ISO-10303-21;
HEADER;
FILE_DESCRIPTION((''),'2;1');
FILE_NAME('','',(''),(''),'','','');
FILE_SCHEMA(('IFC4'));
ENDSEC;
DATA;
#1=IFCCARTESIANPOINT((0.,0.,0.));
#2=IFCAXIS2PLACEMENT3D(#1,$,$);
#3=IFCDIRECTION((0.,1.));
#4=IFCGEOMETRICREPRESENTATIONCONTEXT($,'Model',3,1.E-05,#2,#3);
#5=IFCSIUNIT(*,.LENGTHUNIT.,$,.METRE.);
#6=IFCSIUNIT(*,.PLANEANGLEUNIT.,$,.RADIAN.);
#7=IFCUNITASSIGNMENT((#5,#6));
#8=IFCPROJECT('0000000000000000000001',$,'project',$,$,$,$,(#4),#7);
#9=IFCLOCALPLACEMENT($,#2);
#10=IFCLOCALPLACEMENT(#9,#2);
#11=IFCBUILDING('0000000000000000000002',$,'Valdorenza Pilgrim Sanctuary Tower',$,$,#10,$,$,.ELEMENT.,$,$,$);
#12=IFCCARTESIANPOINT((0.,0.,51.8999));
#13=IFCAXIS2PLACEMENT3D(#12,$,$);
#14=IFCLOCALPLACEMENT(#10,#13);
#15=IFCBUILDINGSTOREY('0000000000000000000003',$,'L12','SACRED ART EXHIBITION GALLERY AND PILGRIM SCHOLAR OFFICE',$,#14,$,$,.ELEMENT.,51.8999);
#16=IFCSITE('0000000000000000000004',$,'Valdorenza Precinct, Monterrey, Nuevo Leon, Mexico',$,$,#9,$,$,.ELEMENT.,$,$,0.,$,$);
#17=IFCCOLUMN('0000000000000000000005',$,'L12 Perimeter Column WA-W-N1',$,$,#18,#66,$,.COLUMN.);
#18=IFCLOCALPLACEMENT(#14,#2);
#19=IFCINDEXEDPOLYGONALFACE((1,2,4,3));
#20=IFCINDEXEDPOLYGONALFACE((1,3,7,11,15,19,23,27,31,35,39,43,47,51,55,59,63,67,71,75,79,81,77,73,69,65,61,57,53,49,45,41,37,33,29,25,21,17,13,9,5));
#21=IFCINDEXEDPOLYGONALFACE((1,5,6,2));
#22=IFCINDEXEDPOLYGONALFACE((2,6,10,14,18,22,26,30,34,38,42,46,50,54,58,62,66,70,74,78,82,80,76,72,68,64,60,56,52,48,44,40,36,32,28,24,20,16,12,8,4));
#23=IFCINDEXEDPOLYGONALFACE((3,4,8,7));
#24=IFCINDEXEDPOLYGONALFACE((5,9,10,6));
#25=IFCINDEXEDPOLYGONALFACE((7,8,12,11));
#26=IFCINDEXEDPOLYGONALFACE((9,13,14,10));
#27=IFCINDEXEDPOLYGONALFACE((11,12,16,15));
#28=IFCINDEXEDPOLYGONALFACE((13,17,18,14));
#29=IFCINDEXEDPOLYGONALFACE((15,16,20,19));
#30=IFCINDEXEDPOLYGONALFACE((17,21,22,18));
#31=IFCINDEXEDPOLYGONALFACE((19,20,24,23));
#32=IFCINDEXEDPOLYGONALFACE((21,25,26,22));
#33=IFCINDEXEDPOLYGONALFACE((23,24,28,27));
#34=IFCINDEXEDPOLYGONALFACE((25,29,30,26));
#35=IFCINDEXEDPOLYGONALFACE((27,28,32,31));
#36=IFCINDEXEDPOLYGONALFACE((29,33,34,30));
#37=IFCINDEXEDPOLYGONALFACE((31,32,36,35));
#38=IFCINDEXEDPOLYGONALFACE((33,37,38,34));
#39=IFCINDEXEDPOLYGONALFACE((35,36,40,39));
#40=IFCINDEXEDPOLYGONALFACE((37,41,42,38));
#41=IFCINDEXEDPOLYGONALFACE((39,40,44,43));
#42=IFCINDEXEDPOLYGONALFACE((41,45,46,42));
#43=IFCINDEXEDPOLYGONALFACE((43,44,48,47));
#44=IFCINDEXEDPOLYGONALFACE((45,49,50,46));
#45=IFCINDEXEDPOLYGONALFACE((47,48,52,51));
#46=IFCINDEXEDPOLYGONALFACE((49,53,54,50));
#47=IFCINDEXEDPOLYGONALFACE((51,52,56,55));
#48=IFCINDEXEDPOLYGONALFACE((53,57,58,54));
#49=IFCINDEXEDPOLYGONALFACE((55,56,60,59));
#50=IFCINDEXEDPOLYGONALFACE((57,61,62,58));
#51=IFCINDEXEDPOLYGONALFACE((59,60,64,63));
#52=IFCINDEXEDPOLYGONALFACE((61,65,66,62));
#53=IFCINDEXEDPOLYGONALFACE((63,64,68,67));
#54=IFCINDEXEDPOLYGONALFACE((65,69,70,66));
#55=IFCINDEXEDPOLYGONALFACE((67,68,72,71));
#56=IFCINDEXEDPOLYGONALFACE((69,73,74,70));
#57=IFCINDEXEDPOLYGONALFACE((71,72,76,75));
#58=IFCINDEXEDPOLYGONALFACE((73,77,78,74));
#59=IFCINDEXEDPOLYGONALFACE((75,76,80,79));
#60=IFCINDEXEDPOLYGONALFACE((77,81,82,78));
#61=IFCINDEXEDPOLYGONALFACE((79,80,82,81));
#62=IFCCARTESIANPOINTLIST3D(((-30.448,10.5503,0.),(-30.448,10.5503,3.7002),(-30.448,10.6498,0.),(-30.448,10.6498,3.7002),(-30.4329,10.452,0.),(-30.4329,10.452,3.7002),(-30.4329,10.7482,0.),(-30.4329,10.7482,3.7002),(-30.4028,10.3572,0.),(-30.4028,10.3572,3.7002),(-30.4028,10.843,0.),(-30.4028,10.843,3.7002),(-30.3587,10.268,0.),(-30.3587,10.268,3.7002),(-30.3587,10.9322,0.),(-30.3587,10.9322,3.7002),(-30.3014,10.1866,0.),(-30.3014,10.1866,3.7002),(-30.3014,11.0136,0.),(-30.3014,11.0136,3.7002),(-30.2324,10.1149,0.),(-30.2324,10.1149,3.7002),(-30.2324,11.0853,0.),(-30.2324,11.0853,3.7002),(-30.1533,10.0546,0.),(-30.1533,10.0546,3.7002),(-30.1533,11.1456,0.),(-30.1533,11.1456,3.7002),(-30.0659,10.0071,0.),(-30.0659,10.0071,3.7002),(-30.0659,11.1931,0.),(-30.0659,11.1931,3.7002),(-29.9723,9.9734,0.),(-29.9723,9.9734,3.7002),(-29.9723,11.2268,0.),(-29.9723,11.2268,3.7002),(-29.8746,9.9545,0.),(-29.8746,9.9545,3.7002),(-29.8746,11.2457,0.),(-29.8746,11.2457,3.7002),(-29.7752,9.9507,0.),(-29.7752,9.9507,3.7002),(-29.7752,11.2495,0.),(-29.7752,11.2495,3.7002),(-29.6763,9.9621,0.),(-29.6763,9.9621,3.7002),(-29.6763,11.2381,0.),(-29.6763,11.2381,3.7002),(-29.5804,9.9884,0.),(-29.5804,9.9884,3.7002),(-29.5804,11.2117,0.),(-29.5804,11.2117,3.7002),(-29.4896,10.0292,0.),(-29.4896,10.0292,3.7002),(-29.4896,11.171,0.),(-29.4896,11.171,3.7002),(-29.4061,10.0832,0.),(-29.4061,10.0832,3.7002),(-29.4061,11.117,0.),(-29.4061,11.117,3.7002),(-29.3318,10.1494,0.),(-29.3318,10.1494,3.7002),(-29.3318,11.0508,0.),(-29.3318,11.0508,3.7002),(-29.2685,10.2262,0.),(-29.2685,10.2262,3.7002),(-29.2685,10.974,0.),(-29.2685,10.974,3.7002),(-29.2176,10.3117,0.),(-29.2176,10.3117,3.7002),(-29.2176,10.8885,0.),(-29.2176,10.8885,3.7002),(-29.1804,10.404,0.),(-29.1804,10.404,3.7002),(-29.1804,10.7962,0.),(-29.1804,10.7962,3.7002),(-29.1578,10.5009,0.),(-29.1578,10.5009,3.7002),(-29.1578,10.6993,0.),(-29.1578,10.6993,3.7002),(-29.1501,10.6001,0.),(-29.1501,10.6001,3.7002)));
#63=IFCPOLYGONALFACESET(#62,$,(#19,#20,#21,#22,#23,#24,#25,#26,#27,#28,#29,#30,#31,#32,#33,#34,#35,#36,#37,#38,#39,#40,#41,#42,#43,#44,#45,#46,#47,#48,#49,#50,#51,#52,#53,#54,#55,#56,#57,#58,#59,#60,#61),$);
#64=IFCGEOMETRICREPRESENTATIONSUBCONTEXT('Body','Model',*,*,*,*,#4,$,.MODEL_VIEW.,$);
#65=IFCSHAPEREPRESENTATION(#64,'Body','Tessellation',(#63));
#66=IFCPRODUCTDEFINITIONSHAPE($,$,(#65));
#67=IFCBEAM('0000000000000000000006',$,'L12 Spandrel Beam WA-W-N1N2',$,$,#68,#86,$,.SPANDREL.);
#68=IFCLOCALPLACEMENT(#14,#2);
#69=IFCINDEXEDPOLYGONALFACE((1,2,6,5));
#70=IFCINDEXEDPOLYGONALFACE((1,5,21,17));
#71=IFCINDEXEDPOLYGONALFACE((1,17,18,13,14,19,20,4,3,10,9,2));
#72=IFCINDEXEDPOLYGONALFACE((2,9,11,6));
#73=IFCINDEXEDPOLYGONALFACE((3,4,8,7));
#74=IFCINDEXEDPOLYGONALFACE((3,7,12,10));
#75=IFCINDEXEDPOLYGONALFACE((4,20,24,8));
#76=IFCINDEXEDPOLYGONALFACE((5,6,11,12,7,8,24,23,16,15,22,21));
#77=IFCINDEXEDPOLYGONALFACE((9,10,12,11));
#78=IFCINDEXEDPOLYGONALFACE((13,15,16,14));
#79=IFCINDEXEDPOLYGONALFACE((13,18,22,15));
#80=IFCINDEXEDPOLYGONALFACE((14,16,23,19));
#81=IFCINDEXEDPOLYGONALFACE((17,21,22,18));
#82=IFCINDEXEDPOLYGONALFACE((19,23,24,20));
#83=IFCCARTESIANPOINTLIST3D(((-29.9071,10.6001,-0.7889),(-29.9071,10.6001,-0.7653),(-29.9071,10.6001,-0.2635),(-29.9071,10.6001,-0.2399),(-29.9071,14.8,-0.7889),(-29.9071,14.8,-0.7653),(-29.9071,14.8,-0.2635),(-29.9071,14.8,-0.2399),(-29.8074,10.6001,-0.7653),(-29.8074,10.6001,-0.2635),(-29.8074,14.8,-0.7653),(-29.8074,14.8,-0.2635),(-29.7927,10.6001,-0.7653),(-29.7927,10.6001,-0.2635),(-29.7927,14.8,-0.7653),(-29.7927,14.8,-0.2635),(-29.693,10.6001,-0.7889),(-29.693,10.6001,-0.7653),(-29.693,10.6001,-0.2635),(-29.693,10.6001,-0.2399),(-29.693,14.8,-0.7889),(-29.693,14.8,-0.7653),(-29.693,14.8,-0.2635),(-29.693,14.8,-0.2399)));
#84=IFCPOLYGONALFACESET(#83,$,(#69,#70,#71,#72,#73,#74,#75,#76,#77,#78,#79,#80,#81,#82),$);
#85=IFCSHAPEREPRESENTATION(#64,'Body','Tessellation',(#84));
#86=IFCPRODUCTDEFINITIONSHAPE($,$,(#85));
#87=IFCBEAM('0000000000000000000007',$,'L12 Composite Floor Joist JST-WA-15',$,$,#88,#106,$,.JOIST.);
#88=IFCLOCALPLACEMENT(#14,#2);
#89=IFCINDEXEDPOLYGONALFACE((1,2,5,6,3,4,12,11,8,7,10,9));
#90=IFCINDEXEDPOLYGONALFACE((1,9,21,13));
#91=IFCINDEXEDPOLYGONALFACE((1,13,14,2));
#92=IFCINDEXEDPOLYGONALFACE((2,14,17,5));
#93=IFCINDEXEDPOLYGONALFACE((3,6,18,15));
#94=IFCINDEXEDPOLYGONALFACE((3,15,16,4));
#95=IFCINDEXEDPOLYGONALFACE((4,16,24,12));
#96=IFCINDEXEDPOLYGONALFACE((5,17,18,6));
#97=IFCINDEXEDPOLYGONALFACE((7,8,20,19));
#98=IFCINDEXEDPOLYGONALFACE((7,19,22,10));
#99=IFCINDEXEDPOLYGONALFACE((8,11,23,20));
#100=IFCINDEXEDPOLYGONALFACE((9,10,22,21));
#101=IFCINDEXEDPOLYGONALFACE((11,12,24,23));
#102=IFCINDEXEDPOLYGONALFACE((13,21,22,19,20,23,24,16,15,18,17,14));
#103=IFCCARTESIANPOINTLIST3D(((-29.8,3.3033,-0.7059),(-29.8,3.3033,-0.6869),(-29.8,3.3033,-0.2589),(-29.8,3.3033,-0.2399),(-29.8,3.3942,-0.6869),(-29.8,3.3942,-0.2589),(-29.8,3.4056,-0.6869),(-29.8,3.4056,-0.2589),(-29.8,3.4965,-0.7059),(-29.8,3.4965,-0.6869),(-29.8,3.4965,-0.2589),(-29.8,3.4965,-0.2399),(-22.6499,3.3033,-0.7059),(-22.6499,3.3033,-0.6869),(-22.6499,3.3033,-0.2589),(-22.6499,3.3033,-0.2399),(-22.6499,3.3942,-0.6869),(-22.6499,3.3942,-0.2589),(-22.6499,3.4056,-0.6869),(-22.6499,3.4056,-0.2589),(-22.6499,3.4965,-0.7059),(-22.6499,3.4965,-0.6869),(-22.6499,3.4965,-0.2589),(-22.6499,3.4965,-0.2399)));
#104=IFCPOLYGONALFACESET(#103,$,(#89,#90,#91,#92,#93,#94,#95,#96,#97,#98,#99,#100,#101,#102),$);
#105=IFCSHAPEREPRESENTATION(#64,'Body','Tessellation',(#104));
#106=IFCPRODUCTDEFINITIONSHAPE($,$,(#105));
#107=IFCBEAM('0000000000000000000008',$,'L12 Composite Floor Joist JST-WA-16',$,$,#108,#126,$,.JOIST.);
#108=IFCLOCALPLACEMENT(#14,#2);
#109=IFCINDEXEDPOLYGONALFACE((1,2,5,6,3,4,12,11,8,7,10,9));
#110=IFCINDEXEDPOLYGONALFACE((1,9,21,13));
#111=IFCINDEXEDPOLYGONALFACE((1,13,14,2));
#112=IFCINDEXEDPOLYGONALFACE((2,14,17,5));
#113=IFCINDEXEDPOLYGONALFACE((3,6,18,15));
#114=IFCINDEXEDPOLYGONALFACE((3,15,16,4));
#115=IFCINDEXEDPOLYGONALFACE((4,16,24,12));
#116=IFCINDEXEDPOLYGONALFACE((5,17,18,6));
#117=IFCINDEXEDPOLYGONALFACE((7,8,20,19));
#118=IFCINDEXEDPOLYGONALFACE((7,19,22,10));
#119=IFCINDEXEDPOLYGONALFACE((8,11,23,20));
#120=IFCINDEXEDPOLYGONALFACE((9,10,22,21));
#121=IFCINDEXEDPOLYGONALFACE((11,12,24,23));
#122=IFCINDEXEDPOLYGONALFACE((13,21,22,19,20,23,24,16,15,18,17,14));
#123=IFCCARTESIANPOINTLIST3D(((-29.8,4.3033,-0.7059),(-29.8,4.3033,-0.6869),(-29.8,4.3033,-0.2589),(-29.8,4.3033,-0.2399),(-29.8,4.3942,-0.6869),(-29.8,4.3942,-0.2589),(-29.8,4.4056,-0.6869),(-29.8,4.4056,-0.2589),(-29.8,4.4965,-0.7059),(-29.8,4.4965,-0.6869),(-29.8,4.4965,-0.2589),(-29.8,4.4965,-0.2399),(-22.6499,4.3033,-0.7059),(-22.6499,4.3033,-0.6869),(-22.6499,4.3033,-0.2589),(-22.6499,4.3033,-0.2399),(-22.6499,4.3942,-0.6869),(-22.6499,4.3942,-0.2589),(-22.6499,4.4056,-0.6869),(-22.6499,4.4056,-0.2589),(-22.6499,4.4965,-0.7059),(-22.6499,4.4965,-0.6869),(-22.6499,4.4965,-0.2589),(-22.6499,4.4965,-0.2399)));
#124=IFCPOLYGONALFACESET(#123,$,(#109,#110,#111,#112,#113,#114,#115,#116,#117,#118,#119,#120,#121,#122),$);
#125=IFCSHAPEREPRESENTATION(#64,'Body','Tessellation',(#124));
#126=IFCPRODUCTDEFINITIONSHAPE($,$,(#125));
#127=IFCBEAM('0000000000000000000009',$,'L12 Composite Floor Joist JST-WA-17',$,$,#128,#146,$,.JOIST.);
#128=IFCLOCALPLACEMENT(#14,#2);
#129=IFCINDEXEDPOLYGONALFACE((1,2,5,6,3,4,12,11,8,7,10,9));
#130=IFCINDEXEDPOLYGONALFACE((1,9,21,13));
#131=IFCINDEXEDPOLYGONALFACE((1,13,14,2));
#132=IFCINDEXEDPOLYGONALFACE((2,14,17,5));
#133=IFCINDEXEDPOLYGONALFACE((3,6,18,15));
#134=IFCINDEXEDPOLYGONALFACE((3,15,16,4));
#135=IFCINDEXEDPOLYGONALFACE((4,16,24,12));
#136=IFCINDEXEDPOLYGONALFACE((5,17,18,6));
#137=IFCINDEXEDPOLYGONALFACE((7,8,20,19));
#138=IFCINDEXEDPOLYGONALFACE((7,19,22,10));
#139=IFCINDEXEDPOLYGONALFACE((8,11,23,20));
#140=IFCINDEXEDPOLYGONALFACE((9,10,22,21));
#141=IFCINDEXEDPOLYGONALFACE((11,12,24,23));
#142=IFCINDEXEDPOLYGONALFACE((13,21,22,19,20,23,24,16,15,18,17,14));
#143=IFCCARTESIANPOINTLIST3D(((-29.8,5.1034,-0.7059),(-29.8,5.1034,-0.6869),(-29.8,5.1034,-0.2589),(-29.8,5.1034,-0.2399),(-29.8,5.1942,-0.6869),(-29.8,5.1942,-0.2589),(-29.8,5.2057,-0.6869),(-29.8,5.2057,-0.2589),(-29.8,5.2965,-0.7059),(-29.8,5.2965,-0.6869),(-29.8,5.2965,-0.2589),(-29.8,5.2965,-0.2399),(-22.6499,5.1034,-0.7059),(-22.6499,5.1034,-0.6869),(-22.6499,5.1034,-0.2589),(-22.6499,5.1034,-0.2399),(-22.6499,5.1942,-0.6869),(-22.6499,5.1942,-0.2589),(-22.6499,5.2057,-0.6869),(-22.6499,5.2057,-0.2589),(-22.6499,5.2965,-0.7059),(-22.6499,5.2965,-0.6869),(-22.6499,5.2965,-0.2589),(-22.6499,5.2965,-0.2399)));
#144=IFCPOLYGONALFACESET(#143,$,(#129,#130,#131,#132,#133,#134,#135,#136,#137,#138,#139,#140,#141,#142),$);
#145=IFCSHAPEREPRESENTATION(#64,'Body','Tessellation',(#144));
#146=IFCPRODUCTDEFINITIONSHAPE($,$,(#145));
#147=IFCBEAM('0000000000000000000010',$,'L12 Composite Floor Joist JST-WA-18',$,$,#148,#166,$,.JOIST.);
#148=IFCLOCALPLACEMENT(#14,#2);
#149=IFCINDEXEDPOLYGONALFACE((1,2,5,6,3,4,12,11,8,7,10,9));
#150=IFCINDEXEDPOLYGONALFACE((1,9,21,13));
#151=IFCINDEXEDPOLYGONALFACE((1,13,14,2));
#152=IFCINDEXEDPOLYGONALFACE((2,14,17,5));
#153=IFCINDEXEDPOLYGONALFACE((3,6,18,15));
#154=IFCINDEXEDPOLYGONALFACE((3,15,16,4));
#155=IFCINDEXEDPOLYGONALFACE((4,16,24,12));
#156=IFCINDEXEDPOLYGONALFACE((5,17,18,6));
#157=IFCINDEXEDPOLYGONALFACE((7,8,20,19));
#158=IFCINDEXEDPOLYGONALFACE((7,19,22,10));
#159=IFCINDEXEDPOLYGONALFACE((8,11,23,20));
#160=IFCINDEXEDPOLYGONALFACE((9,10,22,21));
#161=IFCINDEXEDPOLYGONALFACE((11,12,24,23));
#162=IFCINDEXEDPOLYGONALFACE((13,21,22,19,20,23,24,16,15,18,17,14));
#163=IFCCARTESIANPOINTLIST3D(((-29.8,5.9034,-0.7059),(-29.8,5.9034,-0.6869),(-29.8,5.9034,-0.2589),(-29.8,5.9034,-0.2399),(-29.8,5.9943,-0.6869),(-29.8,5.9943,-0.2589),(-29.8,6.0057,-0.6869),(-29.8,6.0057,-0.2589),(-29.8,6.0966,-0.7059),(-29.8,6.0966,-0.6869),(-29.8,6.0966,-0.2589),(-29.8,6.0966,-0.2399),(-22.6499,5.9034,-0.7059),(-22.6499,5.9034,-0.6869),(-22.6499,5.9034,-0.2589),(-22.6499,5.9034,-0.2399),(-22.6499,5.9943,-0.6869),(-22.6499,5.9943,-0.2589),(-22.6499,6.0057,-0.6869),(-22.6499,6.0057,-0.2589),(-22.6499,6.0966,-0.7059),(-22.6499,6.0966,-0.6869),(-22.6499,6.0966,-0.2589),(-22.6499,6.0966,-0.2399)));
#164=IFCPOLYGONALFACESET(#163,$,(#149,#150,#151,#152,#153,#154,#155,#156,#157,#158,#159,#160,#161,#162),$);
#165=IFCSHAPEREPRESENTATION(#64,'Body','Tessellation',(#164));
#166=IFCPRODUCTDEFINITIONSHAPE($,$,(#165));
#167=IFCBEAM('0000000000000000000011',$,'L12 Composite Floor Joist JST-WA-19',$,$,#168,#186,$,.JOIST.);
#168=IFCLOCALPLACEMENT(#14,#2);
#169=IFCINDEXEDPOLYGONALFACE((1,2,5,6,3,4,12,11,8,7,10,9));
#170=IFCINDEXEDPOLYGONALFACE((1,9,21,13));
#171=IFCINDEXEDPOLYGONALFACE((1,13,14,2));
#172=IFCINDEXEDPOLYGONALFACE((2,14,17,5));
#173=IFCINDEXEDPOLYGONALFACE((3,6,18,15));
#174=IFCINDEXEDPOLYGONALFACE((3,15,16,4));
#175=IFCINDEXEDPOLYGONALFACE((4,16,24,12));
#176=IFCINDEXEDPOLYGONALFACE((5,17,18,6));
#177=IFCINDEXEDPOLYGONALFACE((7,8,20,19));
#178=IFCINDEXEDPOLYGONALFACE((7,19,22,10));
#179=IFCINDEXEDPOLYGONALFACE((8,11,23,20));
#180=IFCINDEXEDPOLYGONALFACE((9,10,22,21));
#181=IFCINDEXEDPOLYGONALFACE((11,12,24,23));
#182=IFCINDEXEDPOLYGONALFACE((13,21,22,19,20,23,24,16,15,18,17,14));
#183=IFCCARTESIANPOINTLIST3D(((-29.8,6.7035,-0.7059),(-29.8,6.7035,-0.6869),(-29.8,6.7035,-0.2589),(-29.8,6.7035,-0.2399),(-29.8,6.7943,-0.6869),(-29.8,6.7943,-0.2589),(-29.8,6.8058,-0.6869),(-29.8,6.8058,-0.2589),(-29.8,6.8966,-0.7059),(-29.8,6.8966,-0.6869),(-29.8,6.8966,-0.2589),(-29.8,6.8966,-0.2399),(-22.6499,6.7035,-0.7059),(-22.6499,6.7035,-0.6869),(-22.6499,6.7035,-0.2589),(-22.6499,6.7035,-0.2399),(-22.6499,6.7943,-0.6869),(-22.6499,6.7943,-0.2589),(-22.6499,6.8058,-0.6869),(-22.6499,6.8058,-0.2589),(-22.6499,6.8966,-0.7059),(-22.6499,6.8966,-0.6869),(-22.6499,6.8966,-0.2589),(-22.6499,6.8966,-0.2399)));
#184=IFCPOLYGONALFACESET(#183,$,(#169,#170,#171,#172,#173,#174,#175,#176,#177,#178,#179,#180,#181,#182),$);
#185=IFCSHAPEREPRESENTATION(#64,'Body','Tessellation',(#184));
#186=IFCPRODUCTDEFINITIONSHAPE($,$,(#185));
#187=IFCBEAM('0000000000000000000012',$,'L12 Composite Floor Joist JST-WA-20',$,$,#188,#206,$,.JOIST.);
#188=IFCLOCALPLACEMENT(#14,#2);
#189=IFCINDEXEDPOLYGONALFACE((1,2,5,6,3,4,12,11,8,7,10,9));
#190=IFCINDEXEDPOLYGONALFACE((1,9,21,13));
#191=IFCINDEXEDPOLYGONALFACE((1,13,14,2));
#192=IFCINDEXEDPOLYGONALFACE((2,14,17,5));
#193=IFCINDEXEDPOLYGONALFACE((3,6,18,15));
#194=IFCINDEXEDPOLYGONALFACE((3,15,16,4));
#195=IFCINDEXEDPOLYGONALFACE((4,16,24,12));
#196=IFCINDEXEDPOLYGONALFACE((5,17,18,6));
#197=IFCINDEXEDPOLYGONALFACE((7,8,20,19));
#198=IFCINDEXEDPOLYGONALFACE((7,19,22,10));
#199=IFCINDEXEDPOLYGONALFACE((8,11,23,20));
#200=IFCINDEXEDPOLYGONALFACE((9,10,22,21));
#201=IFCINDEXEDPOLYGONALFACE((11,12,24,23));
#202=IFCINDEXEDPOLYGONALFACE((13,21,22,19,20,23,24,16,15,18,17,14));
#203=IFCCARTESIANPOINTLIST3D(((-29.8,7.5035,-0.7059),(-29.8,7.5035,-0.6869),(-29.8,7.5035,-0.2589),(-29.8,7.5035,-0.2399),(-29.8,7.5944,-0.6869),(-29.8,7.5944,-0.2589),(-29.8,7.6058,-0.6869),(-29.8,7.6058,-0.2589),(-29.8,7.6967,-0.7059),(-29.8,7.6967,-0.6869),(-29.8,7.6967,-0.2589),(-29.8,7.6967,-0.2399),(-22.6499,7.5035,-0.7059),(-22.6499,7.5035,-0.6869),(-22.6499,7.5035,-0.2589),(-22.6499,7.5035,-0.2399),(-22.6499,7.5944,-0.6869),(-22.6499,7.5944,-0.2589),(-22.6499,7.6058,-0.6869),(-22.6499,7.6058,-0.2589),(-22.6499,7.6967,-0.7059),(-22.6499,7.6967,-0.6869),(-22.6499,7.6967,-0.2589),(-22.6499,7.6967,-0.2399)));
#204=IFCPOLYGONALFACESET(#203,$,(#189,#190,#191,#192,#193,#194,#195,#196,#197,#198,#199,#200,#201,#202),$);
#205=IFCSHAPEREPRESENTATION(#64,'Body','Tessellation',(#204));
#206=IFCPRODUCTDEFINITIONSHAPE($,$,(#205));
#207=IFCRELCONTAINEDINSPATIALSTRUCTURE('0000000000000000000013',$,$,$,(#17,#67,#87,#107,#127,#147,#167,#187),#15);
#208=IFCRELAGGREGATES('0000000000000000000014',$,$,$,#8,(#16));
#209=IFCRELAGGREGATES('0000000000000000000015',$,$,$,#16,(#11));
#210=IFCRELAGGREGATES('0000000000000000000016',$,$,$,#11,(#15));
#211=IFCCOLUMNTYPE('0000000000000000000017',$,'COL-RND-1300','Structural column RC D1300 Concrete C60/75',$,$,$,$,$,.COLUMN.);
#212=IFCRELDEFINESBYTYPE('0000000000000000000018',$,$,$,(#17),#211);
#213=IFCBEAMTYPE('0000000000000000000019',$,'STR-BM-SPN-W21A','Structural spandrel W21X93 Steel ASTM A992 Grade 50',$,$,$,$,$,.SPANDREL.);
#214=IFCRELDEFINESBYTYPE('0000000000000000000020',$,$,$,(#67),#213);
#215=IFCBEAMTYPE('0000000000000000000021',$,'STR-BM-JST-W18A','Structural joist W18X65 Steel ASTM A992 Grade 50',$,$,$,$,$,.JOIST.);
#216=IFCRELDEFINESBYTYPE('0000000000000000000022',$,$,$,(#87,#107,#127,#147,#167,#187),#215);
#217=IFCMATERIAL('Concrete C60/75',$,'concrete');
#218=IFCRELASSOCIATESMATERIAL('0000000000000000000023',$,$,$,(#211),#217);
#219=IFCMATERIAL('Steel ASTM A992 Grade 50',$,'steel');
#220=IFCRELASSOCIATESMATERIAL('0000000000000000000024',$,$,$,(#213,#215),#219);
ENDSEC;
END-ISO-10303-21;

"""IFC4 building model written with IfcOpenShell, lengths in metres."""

from ifc_helpers import new_model, si_unit, direction, frame, origin, origin_2d, place, context, subcontext, project, spatial, circle, i_section, extrude, source, transform, mapped, material, material_profile, profile_set, type_object, element, save


model = new_model("IFC4")

# Units and contexts
model_context = context("Model", 3, precision=1e-05, world=origin(), true_north=direction((0.0, 1.0)))
body_context = subcontext(model_context, "Body", "Model", "MODEL_VIEW")
ifc_project = project(units=[si_unit("LENGTHUNIT", "METRE"), si_unit("PLANEANGLEUNIT", "RADIAN")], contexts=[model_context])

# Site, building, storey
site_placement = place(None, origin())
site = spatial("IfcSite", under=ifc_project, at=site_placement, Name="Valdorenza Precinct, Monterrey, Nuevo Leon, Mexico", CompositionType="ELEMENT", RefElevation=0.0)
building_placement = place(site_placement, origin())
building = spatial("IfcBuilding", under=site, at=building_placement, Name="Valdorenza Pilgrim Sanctuary Tower", CompositionType="ELEMENT")
storey_placement = place(building_placement, frame((0.0, 0.0, 51.8999)))
storey = spatial("IfcBuildingStorey", under=building, at=storey_placement, Name="L12", Description="SACRED ART EXHIBITION GALLERY AND PILGRIM SCHOLAR OFFICE", CompositionType="ELEMENT", Elevation=51.8999)

# Column
ifc_material_1 = material(Name="Concrete C60/75", Category="concrete")
ifc_material_profile_1 = material_profile(ifc_material_1, circle(Radius=0.6499, at=origin_2d()), Name="RC D1300")
ifc_profile_set_1 = profile_set([ifc_material_profile_1], Name="Concrete C60/75")
column_type = type_object("IfcColumnType", Name="COL-RND-1300", Description="Structural column RC D1300 Concrete C60/75", PredefinedType="COLUMN", material=ifc_profile_set_1)
shared_shape_1 = source(origin(), body_context, "Body", "SweptSolid", [
    extrude(circle(Radius=0.6499, at=origin_2d()), origin(), (0.0, 0.0, 1.0), 3.7002),
])
column_placement = place(storey_placement, frame((-29.8, 10.6001, 0.0), z_axis=(0.0, 0.0, 1.0), x_axis=(1.0, 0.0, 0.0)))
element("IfcColumn", 1, at=column_placement, inside=storey, type_object=column_type, Name="L12 Perimeter Column WA-W-N1", PredefinedType="COLUMN", context=body_context, shape_type="MappedRepresentation", body=[
    mapped(shared_shape_1, transform((0.0, 0.0, 0.0), x_axis=(1.0, 0.0, 0.0), y_axis=(0.0, 1.0, 0.0), z_axis=(0.0, 0.0, 1.0), scale=1.0)),
])

# Beams
ifc_material_2 = material(Name="Steel ASTM A992 Grade 50", Category="steel")
ifc_material_profile_2 = material_profile(ifc_material_2, i_section(OverallWidth=0.2141, OverallDepth=0.5491, WebThickness=0.0146, FlangeThickness=0.0237, at=origin_2d()), Name="W21X93")
ifc_profile_set_2 = profile_set([ifc_material_profile_2], Name="Steel ASTM A992 Grade 50")
beam_type_1 = type_object("IfcBeamType", Name="STR-BM-SPN-W21A", Description="Structural spandrel W21X93 Steel ASTM A992 Grade 50", PredefinedType="SPANDREL", material=ifc_profile_set_2)
shared_shape_2 = source(origin(), body_context, "Body", "SweptSolid", [
    extrude(i_section(OverallWidth=0.2141, OverallDepth=0.5491, WebThickness=0.0146, FlangeThickness=0.0237, at=origin_2d()), origin(), (0.0, 0.0, 1.0), 4.2),
])
beam_1_placement = place(storey_placement, frame((-29.8, 10.6001, -0.5144), z_axis=(0.0, 1.0, 0.0), x_axis=(-1.0, 0.0, 0.0)))
element("IfcBeam", 2, at=beam_1_placement, inside=storey, type_object=beam_type_1, Name="L12 Spandrel Beam WA-W-N1N2", PredefinedType="SPANDREL", context=body_context, shape_type="MappedRepresentation", body=[
    mapped(shared_shape_2, transform((0.0, 0.0, 0.0), x_axis=(1.0, 0.0, 0.0), y_axis=(0.0, 1.0, 0.0), z_axis=(0.0, 0.0, 1.0), scale=1.0)),
])
ifc_material_profile_3 = material_profile(ifc_material_2, i_section(OverallWidth=0.1931, OverallDepth=0.4661, WebThickness=0.0115, FlangeThickness=0.019, at=origin_2d()), Name="W18X65")
ifc_profile_set_3 = profile_set([ifc_material_profile_3], Name="Steel ASTM A992 Grade 50")
beam_type_2 = type_object("IfcBeamType", Name="STR-BM-JST-W18A", Description="Structural joist W18X65 Steel ASTM A992 Grade 50", PredefinedType="JOIST", material=ifc_profile_set_3)
shared_shape_3 = source(origin(), body_context, "Body", "SweptSolid", [
    extrude(i_section(OverallWidth=0.1931, OverallDepth=0.4661, WebThickness=0.0115, FlangeThickness=0.019, at=origin_2d()), origin(), (0.0, 0.0, 1.0), 7.1501),
])
for number, where, z_axis, x_axis, name in (
    (3, (-29.8, 3.3999, -0.4729), (1.0, 0.0, 0.0), (0.0, 1.0, 0.0), "L12 Composite Floor Joist JST-WA-15"),
    (4, (-29.8, 4.3999, -0.4729), (1.0, 0.0, 0.0), (0.0, 1.0, 0.0), "L12 Composite Floor Joist JST-WA-16"),
    (5, (-29.8, 5.2, -0.4729), (1.0, 0.0, 0.0), (0.0, 1.0, 0.0), "L12 Composite Floor Joist JST-WA-17"),
    (6, (-29.8, 6.0, -0.4729), (1.0, 0.0, 0.0), (0.0, 1.0, 0.0), "L12 Composite Floor Joist JST-WA-18"),
    (7, (-29.8, 6.8, -0.4729), (1.0, 0.0, 0.0), (0.0, 1.0, 0.0), "L12 Composite Floor Joist JST-WA-19"),
    (8, (-29.8, 7.6001, -0.4729), (1.0, 0.0, 0.0), (0.0, 1.0, 0.0), "L12 Composite Floor Joist JST-WA-20"),
):
    element("IfcBeam", number, at=place(storey_placement, frame(where, z_axis=z_axis, x_axis=x_axis)), inside=storey, type_object=beam_type_2, Name=name, PredefinedType="JOIST", context=body_context, shape_type="MappedRepresentation", body=[
        mapped(shared_shape_3, transform((0.0, 0.0, 0.0), x_axis=(1.0, 0.0, 0.0), y_axis=(0.0, 1.0, 0.0), z_axis=(0.0, 0.0, 1.0), scale=1.0)),
    ])

save(model, "model.ifc")
